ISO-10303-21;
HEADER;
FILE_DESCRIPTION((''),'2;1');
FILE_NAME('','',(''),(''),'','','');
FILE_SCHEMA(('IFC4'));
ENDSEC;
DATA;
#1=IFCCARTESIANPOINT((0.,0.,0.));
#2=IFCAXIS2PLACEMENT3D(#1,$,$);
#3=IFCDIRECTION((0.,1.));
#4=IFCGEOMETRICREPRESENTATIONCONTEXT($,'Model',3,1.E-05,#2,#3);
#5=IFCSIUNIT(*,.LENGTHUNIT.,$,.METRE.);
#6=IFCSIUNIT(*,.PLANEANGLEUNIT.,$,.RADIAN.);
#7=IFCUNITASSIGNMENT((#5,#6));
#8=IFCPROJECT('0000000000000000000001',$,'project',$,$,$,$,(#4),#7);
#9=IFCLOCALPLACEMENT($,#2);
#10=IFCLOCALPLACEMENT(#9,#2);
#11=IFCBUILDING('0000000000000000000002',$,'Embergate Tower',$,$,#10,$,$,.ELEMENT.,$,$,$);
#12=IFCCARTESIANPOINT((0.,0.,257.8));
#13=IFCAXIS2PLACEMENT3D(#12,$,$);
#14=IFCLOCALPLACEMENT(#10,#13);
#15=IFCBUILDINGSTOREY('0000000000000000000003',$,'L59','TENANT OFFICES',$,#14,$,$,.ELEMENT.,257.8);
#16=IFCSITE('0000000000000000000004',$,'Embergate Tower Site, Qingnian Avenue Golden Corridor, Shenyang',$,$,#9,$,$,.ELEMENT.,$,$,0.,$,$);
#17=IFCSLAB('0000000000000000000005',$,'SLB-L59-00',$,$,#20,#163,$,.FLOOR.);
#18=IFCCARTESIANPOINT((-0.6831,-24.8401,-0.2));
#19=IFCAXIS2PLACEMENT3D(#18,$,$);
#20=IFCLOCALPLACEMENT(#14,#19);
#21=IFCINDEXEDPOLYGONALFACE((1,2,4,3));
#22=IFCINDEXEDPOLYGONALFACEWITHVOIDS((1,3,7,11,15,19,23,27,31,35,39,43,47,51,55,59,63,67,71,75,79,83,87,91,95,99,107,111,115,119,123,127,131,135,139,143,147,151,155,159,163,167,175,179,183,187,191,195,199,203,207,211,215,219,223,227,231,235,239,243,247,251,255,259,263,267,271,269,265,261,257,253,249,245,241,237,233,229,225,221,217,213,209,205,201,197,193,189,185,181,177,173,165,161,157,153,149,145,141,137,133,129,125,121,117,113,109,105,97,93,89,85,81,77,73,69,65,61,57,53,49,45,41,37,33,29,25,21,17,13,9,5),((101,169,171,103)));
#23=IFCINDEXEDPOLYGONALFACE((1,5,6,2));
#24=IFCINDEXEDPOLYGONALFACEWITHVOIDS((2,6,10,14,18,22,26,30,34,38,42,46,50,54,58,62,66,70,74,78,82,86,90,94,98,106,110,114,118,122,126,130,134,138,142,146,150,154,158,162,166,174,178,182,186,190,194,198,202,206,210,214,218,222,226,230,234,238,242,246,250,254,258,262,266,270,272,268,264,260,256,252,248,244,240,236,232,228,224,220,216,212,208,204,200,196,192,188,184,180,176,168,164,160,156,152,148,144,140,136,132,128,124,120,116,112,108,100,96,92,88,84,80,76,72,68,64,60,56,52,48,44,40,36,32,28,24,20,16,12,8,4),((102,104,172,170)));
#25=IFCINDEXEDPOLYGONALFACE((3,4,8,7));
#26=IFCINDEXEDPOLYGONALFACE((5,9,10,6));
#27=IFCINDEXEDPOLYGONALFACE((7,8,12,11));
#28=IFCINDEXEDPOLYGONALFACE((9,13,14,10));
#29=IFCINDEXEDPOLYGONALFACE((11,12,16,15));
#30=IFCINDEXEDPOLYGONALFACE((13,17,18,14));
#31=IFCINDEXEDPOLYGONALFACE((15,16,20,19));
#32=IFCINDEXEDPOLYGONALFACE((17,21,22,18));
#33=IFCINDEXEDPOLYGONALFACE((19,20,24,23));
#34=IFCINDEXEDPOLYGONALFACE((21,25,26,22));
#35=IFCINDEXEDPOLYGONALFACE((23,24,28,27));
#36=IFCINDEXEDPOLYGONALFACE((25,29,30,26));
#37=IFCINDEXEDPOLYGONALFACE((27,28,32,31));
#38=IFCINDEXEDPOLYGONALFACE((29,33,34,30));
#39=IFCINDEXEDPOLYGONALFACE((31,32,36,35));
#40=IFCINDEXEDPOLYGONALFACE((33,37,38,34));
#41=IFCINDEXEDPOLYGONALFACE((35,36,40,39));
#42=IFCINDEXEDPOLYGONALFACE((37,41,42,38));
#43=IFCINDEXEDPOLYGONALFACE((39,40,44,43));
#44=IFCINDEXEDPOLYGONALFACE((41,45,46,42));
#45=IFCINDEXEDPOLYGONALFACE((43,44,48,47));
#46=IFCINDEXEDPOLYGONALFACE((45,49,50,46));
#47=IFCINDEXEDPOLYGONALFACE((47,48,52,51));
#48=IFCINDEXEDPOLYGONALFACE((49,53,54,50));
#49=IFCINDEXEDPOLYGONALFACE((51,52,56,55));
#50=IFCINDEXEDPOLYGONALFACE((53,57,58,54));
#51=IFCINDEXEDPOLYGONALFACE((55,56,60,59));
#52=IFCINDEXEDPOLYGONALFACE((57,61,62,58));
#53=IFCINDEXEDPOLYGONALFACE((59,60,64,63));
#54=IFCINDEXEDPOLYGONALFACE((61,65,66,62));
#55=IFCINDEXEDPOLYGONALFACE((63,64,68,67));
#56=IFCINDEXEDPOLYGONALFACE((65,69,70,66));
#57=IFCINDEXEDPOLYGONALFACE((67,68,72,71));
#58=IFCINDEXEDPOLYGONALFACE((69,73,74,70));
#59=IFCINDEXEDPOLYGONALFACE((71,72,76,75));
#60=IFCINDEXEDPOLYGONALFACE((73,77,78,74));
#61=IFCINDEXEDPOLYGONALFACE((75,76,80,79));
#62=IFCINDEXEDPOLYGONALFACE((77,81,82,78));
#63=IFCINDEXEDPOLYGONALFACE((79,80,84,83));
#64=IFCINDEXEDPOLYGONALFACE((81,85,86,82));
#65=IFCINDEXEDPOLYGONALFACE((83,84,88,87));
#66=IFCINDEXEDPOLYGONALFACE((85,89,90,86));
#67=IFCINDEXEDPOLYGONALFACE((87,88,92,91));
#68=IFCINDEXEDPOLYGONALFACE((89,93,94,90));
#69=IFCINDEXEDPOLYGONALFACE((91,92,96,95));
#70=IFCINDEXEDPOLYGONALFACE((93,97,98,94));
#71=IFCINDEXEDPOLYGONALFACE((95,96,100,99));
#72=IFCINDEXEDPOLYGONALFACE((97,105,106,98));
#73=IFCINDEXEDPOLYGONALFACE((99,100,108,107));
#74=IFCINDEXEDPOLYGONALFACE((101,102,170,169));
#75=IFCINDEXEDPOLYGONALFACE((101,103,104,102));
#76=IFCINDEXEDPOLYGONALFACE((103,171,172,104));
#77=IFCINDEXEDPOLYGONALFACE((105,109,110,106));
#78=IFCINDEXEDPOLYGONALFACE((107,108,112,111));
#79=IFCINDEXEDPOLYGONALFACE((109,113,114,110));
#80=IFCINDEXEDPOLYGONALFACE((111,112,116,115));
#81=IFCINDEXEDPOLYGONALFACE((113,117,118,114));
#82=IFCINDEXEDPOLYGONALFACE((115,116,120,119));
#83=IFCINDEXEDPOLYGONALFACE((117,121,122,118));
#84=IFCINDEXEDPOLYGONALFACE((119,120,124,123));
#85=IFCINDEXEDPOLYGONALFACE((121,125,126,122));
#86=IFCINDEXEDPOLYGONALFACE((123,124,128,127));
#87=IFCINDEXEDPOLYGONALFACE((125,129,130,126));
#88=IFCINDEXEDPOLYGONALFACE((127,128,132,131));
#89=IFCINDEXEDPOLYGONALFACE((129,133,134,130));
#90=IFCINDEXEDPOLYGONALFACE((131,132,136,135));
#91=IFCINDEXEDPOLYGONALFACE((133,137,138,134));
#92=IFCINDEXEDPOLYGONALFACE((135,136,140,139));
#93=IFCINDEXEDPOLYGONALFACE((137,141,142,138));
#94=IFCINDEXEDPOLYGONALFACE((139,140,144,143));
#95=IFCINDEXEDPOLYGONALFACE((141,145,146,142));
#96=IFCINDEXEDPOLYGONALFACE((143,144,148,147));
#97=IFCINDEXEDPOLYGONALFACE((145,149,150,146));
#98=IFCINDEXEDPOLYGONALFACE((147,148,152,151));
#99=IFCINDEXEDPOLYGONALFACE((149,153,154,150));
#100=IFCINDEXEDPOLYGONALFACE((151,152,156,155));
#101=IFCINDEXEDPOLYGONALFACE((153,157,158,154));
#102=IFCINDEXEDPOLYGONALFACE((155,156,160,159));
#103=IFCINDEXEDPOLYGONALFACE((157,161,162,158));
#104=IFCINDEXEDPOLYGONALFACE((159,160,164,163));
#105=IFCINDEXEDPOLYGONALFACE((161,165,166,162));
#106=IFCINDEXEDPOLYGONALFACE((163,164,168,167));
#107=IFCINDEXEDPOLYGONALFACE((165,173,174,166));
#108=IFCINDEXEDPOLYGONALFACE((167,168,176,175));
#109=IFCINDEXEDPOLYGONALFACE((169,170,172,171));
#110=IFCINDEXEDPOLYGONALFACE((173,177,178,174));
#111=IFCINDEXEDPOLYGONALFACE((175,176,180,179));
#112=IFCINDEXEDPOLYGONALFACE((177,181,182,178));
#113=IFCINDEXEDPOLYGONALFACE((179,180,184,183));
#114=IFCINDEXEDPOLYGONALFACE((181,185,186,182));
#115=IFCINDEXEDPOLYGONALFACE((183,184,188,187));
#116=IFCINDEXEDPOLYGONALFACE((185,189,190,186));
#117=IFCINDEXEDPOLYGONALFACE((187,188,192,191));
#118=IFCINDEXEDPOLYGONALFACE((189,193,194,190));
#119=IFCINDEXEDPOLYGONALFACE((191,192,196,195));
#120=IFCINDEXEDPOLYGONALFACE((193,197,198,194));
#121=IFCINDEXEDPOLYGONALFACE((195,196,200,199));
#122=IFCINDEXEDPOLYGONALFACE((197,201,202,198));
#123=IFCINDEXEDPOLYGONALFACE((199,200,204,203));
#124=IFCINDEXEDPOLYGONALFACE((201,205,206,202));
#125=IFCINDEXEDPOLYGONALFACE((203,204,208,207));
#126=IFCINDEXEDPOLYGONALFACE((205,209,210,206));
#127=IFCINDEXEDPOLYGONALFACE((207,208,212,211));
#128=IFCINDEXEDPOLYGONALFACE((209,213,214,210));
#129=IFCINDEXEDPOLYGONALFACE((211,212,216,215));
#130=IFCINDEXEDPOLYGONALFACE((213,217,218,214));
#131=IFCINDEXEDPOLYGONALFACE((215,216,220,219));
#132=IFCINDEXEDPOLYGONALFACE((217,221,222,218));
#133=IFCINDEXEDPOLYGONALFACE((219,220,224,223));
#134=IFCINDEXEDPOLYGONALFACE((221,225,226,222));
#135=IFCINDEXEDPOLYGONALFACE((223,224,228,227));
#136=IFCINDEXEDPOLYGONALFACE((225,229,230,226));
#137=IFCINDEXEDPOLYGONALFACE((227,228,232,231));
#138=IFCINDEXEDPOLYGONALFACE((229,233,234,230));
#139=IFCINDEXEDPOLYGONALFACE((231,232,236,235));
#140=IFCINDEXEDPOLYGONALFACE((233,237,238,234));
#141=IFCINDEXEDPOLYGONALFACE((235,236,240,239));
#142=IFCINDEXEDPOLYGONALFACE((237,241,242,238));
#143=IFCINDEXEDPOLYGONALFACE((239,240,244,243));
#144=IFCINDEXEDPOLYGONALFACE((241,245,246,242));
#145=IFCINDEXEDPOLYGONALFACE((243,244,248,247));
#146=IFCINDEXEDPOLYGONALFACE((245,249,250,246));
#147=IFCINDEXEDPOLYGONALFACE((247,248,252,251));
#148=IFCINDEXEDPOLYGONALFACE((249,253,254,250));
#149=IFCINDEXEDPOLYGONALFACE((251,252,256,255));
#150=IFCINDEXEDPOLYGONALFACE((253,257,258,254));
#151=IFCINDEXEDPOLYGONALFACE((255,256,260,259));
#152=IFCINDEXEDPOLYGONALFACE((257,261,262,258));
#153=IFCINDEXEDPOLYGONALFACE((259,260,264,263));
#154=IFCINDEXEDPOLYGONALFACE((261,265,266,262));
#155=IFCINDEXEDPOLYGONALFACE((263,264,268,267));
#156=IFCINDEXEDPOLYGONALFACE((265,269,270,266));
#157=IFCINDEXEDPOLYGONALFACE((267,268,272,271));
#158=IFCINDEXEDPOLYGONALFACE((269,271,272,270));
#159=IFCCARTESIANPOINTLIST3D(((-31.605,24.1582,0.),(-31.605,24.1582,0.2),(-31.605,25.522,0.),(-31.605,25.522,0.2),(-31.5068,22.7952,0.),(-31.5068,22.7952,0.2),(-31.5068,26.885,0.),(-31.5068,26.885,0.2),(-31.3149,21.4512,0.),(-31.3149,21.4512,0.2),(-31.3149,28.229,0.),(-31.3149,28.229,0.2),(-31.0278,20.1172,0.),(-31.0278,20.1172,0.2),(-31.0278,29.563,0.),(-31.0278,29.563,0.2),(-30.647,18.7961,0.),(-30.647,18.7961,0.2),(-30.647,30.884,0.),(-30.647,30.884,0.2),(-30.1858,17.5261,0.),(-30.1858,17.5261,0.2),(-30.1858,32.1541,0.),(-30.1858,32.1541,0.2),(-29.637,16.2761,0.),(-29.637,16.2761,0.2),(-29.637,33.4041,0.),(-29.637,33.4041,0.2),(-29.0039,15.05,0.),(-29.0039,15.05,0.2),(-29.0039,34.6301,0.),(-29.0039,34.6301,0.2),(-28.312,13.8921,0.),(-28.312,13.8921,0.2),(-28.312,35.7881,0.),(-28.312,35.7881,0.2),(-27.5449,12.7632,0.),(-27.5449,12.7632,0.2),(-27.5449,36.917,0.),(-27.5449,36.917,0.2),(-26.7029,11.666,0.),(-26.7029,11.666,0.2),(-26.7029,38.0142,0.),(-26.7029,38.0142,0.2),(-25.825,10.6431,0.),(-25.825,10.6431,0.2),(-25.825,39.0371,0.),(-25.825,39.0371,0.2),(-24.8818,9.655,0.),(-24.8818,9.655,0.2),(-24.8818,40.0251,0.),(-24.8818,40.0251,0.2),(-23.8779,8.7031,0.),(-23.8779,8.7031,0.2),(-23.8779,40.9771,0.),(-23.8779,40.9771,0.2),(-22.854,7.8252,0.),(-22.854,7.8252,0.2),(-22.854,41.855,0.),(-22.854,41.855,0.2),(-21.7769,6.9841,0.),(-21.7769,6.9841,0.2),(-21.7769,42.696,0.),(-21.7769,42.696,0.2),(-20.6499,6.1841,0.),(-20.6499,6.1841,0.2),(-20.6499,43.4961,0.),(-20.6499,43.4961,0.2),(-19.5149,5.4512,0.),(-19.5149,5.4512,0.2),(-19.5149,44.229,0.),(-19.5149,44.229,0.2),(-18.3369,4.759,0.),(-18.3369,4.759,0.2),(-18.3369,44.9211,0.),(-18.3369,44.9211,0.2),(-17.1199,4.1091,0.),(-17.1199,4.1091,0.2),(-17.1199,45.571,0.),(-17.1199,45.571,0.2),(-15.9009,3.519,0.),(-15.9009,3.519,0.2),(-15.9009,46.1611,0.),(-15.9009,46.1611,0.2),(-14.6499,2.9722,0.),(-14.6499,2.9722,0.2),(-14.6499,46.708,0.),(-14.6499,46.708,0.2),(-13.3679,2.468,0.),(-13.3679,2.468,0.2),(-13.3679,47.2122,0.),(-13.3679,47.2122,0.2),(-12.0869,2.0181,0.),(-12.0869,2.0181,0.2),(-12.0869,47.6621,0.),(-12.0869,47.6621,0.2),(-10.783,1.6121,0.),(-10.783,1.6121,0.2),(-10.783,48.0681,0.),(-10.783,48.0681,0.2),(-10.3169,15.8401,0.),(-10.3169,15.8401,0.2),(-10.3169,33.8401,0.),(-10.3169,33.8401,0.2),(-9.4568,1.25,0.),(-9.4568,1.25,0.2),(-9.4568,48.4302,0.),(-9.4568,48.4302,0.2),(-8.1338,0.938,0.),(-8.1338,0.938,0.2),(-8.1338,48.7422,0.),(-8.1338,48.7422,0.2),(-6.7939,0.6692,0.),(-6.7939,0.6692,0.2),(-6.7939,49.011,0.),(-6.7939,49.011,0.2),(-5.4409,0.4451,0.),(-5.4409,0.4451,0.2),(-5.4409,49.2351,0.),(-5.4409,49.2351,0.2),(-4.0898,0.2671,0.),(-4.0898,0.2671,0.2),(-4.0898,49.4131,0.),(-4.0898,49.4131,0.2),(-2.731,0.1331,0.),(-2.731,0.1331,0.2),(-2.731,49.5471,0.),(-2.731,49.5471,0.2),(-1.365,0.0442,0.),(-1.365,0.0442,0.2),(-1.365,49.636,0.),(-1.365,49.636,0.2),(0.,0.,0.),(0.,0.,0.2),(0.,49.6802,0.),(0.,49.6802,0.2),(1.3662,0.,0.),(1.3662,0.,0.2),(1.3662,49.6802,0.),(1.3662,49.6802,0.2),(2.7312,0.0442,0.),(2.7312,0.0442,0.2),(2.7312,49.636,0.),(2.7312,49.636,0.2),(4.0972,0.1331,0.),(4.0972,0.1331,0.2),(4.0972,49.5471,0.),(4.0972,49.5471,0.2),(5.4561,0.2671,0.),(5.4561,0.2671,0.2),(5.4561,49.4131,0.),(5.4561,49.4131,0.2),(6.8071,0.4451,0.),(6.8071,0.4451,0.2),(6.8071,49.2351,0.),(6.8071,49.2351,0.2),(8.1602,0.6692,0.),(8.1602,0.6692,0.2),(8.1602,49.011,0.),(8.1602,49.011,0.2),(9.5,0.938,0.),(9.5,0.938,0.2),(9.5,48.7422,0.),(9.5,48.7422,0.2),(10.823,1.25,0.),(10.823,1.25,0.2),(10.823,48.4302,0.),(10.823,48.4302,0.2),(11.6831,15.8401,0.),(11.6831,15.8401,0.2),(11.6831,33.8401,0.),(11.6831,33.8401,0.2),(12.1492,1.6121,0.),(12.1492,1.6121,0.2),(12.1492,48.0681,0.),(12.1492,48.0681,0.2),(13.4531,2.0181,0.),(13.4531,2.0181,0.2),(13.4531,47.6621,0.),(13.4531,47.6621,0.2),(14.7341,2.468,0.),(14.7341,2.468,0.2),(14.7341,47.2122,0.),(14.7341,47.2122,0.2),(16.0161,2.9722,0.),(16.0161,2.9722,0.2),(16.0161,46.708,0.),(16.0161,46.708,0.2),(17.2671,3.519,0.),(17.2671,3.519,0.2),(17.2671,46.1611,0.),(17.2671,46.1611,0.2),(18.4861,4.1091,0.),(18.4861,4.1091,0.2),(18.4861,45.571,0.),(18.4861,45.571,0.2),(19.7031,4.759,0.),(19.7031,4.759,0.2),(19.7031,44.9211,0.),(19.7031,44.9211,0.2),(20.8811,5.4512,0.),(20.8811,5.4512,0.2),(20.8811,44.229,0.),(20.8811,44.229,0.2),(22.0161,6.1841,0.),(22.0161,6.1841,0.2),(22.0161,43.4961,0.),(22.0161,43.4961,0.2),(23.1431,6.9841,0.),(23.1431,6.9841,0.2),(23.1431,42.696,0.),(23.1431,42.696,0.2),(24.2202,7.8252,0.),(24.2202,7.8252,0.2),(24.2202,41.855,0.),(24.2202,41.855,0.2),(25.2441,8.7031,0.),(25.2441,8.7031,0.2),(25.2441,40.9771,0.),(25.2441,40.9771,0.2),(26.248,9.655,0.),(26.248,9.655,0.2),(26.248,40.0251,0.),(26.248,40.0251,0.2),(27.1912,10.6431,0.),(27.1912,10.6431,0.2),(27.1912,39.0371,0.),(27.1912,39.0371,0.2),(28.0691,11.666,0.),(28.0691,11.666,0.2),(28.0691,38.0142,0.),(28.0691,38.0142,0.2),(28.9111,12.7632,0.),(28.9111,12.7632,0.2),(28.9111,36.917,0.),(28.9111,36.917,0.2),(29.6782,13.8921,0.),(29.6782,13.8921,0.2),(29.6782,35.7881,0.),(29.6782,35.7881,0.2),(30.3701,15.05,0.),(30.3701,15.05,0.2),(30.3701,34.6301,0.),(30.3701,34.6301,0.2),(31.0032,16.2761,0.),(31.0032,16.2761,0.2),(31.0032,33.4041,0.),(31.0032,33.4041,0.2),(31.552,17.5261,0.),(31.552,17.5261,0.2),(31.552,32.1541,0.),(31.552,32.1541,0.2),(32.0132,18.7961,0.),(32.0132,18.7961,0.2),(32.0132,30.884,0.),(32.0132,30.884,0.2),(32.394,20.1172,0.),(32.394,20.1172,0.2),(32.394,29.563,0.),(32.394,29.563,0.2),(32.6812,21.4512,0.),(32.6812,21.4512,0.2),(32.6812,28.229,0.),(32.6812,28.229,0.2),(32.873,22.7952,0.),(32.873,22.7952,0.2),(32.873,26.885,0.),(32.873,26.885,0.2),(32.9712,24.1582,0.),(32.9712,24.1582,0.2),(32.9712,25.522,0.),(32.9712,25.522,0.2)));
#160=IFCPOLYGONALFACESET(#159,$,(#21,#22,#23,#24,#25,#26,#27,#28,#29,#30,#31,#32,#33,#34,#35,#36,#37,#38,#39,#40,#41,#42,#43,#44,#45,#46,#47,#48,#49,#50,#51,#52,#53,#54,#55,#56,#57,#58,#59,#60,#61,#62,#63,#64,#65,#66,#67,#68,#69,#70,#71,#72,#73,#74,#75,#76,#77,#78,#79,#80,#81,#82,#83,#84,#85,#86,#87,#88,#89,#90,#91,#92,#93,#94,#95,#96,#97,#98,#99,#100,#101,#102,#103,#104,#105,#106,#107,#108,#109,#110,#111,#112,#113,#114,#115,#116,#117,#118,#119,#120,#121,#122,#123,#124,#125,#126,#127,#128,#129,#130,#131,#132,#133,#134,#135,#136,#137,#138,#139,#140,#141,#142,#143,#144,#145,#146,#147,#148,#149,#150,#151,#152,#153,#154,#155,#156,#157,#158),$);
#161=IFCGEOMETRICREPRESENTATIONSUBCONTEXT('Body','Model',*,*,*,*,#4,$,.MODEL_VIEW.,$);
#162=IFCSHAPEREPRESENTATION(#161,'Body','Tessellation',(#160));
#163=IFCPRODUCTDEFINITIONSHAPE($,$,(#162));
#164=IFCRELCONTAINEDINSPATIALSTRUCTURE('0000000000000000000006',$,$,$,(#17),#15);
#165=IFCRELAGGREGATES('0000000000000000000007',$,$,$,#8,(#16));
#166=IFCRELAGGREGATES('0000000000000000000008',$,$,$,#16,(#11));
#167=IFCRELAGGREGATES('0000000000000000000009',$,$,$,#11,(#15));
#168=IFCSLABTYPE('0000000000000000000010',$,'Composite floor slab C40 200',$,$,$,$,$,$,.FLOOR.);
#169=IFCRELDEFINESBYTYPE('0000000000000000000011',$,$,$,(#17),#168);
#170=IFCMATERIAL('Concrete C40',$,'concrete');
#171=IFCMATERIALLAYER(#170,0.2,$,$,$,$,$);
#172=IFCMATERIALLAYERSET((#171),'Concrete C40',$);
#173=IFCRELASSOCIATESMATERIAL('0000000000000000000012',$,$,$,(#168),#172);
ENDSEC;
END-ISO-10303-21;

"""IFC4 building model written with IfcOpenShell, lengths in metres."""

from ifc_helpers import new_model, si_unit, direction, frame, origin, place, context, subcontext, project, spatial, polyline, outline, extrude, source, transform, mapped, material, layer, layer_set, type_object, element, save


model = new_model("IFC4")

# Units and contexts
model_context = context("Model", 3, precision=1e-05, world=origin(), true_north=direction((0.0, 1.0)))
body_context = subcontext(model_context, "Body", "Model", "MODEL_VIEW")
ifc_project = project(units=[si_unit("LENGTHUNIT", "METRE"), si_unit("PLANEANGLEUNIT", "RADIAN")], contexts=[model_context])

# Site, building, storey
site_placement = place(None, origin())
site = spatial("IfcSite", under=ifc_project, at=site_placement, Name="Embergate Tower Site, Qingnian Avenue Golden Corridor, Shenyang", CompositionType="ELEMENT", RefElevation=0.0)
building_placement = place(site_placement, origin())
building = spatial("IfcBuilding", under=site, at=building_placement, Name="Embergate Tower", CompositionType="ELEMENT")
storey_placement = place(building_placement, frame((0.0, 0.0, 257.8)))
storey = spatial("IfcBuildingStorey", under=building, at=storey_placement, Name="L59", Description="TENANT OFFICES", CompositionType="ELEMENT", Elevation=257.8)

# Slab
ifc_material_1 = material(Name="Concrete C40", Category="concrete")
ifc_layer_1 = layer(ifc_material_1, 0.2)
ifc_layer_set_1 = layer_set([ifc_layer_1], Name="Concrete C40")
slab_type = type_object("IfcSlabType", Name="Composite floor slab C40 200", PredefinedType="FLOOR", material=ifc_layer_set_1)
shared_shape_1 = source(origin(), body_context, "Body", "SweptSolid", [
    extrude(outline(polyline([(0.0, 0.0), (1.3662, 0.0), (2.7312, 0.0442), (4.0972, 0.1331), (5.4561, 0.2671), (6.8071, 0.4451), (8.1602, 0.6692), (9.5, 0.938), (10.823, 1.25), (12.1492, 1.6121), (13.4531, 2.0181), (14.7341, 2.468), (16.0161, 2.9722), (17.2671, 3.519), (18.4861, 4.1091), (19.7031, 4.759), (20.8811, 5.4512), (22.0161, 6.1841), (23.1431, 6.9841), (24.2202, 7.8252), (25.2441, 8.7031), (26.248, 9.655), (27.1912, 10.6431), (28.0691, 11.666), (28.9111, 12.7632), (29.6782, 13.8921), (30.3701, 15.05), (31.0032, 16.2761), (31.552, 17.5261), (32.0132, 18.7961), (32.394, 20.1172), (32.6812, 21.4512), (32.873, 22.7952), (32.9712, 24.1582), (32.9712, 25.522), (32.873, 26.885), (32.6812, 28.229), (32.394, 29.563), (32.0132, 30.884), (31.552, 32.1541), (31.0032, 33.4041), (30.3701, 34.6301), (29.6782, 35.7881), (28.9111, 36.917), (28.0691, 38.0142), (27.1912, 39.0371), (26.248, 40.0251), (25.2441, 40.9771), (24.2202, 41.855), (23.1431, 42.696), (22.0161, 43.4961), (20.8811, 44.229), (19.7031, 44.9211), (18.4861, 45.571), (17.2671, 46.1611), (16.0161, 46.708), (14.7341, 47.2122), (13.4531, 47.6621), (12.1492, 48.0681), (10.823, 48.4302), (9.5, 48.7422), (8.1602, 49.011), (6.8071, 49.2351), (5.4561, 49.4131), (4.0972, 49.5471), (2.7312, 49.636), (1.3662, 49.6802), (0.0, 49.6802), (-1.365, 49.636), (-2.731, 49.5471), (-4.0898, 49.4131), (-5.4409, 49.2351), (-6.7939, 49.011), (-8.1338, 48.7422), (-9.4568, 48.4302), (-10.783, 48.0681), (-12.0869, 47.6621), (-13.3679, 47.2122), (-14.6499, 46.708), (-15.9009, 46.1611), (-17.1199, 45.571), (-18.3369, 44.9211), (-19.5149, 44.229), (-20.6499, 43.4961), (-21.7769, 42.696), (-22.854, 41.855), (-23.8779, 40.9771), (-24.8818, 40.0251), (-25.825, 39.0371), (-26.7029, 38.0142), (-27.5449, 36.917), (-28.312, 35.7881), (-29.0039, 34.6301), (-29.637, 33.4041), (-30.1858, 32.1541), (-30.647, 30.884), (-31.0278, 29.563), (-31.3149, 28.229), (-31.5068, 26.885), (-31.605, 25.522), (-31.605, 24.1582), (-31.5068, 22.7952), (-31.3149, 21.4512), (-31.0278, 20.1172), (-30.647, 18.7961), (-30.1858, 17.5261), (-29.637, 16.2761), (-29.0039, 15.05), (-28.312, 13.8921), (-27.5449, 12.7632), (-26.7029, 11.666), (-25.825, 10.6431), (-24.8818, 9.655), (-23.8779, 8.7031), (-22.854, 7.8252), (-21.7769, 6.9841), (-20.6499, 6.1841), (-19.5149, 5.4512), (-18.3369, 4.759), (-17.1199, 4.1091), (-15.9009, 3.519), (-14.6499, 2.9722), (-13.3679, 2.468), (-12.0869, 2.0181), (-10.783, 1.6121), (-9.4568, 1.25), (-8.1338, 0.938), (-6.7939, 0.6692), (-5.4409, 0.4451), (-4.0898, 0.2671), (-2.731, 0.1331), (-1.365, 0.0442), (0.0, 0.0)]), holes=[polyline([(-10.3169, 15.8401), (-10.3169, 33.8401), (11.6831, 33.8401), (11.6831, 15.8401), (-10.3169, 15.8401)])]), origin(), (0.0, 0.0, 1.0), 0.2),
])
slab_placement = place(storey_placement, frame((-0.6831, -24.8401, -0.2)))
element("IfcSlab", 1, at=slab_placement, inside=storey, type_object=slab_type, Name="SLB-L59-00", PredefinedType="FLOOR", context=body_context, shape_type="MappedRepresentation", body=[
    mapped(shared_shape_1, transform((0.0, 0.0, 0.0))),
])

save(model, "model.ifc")
